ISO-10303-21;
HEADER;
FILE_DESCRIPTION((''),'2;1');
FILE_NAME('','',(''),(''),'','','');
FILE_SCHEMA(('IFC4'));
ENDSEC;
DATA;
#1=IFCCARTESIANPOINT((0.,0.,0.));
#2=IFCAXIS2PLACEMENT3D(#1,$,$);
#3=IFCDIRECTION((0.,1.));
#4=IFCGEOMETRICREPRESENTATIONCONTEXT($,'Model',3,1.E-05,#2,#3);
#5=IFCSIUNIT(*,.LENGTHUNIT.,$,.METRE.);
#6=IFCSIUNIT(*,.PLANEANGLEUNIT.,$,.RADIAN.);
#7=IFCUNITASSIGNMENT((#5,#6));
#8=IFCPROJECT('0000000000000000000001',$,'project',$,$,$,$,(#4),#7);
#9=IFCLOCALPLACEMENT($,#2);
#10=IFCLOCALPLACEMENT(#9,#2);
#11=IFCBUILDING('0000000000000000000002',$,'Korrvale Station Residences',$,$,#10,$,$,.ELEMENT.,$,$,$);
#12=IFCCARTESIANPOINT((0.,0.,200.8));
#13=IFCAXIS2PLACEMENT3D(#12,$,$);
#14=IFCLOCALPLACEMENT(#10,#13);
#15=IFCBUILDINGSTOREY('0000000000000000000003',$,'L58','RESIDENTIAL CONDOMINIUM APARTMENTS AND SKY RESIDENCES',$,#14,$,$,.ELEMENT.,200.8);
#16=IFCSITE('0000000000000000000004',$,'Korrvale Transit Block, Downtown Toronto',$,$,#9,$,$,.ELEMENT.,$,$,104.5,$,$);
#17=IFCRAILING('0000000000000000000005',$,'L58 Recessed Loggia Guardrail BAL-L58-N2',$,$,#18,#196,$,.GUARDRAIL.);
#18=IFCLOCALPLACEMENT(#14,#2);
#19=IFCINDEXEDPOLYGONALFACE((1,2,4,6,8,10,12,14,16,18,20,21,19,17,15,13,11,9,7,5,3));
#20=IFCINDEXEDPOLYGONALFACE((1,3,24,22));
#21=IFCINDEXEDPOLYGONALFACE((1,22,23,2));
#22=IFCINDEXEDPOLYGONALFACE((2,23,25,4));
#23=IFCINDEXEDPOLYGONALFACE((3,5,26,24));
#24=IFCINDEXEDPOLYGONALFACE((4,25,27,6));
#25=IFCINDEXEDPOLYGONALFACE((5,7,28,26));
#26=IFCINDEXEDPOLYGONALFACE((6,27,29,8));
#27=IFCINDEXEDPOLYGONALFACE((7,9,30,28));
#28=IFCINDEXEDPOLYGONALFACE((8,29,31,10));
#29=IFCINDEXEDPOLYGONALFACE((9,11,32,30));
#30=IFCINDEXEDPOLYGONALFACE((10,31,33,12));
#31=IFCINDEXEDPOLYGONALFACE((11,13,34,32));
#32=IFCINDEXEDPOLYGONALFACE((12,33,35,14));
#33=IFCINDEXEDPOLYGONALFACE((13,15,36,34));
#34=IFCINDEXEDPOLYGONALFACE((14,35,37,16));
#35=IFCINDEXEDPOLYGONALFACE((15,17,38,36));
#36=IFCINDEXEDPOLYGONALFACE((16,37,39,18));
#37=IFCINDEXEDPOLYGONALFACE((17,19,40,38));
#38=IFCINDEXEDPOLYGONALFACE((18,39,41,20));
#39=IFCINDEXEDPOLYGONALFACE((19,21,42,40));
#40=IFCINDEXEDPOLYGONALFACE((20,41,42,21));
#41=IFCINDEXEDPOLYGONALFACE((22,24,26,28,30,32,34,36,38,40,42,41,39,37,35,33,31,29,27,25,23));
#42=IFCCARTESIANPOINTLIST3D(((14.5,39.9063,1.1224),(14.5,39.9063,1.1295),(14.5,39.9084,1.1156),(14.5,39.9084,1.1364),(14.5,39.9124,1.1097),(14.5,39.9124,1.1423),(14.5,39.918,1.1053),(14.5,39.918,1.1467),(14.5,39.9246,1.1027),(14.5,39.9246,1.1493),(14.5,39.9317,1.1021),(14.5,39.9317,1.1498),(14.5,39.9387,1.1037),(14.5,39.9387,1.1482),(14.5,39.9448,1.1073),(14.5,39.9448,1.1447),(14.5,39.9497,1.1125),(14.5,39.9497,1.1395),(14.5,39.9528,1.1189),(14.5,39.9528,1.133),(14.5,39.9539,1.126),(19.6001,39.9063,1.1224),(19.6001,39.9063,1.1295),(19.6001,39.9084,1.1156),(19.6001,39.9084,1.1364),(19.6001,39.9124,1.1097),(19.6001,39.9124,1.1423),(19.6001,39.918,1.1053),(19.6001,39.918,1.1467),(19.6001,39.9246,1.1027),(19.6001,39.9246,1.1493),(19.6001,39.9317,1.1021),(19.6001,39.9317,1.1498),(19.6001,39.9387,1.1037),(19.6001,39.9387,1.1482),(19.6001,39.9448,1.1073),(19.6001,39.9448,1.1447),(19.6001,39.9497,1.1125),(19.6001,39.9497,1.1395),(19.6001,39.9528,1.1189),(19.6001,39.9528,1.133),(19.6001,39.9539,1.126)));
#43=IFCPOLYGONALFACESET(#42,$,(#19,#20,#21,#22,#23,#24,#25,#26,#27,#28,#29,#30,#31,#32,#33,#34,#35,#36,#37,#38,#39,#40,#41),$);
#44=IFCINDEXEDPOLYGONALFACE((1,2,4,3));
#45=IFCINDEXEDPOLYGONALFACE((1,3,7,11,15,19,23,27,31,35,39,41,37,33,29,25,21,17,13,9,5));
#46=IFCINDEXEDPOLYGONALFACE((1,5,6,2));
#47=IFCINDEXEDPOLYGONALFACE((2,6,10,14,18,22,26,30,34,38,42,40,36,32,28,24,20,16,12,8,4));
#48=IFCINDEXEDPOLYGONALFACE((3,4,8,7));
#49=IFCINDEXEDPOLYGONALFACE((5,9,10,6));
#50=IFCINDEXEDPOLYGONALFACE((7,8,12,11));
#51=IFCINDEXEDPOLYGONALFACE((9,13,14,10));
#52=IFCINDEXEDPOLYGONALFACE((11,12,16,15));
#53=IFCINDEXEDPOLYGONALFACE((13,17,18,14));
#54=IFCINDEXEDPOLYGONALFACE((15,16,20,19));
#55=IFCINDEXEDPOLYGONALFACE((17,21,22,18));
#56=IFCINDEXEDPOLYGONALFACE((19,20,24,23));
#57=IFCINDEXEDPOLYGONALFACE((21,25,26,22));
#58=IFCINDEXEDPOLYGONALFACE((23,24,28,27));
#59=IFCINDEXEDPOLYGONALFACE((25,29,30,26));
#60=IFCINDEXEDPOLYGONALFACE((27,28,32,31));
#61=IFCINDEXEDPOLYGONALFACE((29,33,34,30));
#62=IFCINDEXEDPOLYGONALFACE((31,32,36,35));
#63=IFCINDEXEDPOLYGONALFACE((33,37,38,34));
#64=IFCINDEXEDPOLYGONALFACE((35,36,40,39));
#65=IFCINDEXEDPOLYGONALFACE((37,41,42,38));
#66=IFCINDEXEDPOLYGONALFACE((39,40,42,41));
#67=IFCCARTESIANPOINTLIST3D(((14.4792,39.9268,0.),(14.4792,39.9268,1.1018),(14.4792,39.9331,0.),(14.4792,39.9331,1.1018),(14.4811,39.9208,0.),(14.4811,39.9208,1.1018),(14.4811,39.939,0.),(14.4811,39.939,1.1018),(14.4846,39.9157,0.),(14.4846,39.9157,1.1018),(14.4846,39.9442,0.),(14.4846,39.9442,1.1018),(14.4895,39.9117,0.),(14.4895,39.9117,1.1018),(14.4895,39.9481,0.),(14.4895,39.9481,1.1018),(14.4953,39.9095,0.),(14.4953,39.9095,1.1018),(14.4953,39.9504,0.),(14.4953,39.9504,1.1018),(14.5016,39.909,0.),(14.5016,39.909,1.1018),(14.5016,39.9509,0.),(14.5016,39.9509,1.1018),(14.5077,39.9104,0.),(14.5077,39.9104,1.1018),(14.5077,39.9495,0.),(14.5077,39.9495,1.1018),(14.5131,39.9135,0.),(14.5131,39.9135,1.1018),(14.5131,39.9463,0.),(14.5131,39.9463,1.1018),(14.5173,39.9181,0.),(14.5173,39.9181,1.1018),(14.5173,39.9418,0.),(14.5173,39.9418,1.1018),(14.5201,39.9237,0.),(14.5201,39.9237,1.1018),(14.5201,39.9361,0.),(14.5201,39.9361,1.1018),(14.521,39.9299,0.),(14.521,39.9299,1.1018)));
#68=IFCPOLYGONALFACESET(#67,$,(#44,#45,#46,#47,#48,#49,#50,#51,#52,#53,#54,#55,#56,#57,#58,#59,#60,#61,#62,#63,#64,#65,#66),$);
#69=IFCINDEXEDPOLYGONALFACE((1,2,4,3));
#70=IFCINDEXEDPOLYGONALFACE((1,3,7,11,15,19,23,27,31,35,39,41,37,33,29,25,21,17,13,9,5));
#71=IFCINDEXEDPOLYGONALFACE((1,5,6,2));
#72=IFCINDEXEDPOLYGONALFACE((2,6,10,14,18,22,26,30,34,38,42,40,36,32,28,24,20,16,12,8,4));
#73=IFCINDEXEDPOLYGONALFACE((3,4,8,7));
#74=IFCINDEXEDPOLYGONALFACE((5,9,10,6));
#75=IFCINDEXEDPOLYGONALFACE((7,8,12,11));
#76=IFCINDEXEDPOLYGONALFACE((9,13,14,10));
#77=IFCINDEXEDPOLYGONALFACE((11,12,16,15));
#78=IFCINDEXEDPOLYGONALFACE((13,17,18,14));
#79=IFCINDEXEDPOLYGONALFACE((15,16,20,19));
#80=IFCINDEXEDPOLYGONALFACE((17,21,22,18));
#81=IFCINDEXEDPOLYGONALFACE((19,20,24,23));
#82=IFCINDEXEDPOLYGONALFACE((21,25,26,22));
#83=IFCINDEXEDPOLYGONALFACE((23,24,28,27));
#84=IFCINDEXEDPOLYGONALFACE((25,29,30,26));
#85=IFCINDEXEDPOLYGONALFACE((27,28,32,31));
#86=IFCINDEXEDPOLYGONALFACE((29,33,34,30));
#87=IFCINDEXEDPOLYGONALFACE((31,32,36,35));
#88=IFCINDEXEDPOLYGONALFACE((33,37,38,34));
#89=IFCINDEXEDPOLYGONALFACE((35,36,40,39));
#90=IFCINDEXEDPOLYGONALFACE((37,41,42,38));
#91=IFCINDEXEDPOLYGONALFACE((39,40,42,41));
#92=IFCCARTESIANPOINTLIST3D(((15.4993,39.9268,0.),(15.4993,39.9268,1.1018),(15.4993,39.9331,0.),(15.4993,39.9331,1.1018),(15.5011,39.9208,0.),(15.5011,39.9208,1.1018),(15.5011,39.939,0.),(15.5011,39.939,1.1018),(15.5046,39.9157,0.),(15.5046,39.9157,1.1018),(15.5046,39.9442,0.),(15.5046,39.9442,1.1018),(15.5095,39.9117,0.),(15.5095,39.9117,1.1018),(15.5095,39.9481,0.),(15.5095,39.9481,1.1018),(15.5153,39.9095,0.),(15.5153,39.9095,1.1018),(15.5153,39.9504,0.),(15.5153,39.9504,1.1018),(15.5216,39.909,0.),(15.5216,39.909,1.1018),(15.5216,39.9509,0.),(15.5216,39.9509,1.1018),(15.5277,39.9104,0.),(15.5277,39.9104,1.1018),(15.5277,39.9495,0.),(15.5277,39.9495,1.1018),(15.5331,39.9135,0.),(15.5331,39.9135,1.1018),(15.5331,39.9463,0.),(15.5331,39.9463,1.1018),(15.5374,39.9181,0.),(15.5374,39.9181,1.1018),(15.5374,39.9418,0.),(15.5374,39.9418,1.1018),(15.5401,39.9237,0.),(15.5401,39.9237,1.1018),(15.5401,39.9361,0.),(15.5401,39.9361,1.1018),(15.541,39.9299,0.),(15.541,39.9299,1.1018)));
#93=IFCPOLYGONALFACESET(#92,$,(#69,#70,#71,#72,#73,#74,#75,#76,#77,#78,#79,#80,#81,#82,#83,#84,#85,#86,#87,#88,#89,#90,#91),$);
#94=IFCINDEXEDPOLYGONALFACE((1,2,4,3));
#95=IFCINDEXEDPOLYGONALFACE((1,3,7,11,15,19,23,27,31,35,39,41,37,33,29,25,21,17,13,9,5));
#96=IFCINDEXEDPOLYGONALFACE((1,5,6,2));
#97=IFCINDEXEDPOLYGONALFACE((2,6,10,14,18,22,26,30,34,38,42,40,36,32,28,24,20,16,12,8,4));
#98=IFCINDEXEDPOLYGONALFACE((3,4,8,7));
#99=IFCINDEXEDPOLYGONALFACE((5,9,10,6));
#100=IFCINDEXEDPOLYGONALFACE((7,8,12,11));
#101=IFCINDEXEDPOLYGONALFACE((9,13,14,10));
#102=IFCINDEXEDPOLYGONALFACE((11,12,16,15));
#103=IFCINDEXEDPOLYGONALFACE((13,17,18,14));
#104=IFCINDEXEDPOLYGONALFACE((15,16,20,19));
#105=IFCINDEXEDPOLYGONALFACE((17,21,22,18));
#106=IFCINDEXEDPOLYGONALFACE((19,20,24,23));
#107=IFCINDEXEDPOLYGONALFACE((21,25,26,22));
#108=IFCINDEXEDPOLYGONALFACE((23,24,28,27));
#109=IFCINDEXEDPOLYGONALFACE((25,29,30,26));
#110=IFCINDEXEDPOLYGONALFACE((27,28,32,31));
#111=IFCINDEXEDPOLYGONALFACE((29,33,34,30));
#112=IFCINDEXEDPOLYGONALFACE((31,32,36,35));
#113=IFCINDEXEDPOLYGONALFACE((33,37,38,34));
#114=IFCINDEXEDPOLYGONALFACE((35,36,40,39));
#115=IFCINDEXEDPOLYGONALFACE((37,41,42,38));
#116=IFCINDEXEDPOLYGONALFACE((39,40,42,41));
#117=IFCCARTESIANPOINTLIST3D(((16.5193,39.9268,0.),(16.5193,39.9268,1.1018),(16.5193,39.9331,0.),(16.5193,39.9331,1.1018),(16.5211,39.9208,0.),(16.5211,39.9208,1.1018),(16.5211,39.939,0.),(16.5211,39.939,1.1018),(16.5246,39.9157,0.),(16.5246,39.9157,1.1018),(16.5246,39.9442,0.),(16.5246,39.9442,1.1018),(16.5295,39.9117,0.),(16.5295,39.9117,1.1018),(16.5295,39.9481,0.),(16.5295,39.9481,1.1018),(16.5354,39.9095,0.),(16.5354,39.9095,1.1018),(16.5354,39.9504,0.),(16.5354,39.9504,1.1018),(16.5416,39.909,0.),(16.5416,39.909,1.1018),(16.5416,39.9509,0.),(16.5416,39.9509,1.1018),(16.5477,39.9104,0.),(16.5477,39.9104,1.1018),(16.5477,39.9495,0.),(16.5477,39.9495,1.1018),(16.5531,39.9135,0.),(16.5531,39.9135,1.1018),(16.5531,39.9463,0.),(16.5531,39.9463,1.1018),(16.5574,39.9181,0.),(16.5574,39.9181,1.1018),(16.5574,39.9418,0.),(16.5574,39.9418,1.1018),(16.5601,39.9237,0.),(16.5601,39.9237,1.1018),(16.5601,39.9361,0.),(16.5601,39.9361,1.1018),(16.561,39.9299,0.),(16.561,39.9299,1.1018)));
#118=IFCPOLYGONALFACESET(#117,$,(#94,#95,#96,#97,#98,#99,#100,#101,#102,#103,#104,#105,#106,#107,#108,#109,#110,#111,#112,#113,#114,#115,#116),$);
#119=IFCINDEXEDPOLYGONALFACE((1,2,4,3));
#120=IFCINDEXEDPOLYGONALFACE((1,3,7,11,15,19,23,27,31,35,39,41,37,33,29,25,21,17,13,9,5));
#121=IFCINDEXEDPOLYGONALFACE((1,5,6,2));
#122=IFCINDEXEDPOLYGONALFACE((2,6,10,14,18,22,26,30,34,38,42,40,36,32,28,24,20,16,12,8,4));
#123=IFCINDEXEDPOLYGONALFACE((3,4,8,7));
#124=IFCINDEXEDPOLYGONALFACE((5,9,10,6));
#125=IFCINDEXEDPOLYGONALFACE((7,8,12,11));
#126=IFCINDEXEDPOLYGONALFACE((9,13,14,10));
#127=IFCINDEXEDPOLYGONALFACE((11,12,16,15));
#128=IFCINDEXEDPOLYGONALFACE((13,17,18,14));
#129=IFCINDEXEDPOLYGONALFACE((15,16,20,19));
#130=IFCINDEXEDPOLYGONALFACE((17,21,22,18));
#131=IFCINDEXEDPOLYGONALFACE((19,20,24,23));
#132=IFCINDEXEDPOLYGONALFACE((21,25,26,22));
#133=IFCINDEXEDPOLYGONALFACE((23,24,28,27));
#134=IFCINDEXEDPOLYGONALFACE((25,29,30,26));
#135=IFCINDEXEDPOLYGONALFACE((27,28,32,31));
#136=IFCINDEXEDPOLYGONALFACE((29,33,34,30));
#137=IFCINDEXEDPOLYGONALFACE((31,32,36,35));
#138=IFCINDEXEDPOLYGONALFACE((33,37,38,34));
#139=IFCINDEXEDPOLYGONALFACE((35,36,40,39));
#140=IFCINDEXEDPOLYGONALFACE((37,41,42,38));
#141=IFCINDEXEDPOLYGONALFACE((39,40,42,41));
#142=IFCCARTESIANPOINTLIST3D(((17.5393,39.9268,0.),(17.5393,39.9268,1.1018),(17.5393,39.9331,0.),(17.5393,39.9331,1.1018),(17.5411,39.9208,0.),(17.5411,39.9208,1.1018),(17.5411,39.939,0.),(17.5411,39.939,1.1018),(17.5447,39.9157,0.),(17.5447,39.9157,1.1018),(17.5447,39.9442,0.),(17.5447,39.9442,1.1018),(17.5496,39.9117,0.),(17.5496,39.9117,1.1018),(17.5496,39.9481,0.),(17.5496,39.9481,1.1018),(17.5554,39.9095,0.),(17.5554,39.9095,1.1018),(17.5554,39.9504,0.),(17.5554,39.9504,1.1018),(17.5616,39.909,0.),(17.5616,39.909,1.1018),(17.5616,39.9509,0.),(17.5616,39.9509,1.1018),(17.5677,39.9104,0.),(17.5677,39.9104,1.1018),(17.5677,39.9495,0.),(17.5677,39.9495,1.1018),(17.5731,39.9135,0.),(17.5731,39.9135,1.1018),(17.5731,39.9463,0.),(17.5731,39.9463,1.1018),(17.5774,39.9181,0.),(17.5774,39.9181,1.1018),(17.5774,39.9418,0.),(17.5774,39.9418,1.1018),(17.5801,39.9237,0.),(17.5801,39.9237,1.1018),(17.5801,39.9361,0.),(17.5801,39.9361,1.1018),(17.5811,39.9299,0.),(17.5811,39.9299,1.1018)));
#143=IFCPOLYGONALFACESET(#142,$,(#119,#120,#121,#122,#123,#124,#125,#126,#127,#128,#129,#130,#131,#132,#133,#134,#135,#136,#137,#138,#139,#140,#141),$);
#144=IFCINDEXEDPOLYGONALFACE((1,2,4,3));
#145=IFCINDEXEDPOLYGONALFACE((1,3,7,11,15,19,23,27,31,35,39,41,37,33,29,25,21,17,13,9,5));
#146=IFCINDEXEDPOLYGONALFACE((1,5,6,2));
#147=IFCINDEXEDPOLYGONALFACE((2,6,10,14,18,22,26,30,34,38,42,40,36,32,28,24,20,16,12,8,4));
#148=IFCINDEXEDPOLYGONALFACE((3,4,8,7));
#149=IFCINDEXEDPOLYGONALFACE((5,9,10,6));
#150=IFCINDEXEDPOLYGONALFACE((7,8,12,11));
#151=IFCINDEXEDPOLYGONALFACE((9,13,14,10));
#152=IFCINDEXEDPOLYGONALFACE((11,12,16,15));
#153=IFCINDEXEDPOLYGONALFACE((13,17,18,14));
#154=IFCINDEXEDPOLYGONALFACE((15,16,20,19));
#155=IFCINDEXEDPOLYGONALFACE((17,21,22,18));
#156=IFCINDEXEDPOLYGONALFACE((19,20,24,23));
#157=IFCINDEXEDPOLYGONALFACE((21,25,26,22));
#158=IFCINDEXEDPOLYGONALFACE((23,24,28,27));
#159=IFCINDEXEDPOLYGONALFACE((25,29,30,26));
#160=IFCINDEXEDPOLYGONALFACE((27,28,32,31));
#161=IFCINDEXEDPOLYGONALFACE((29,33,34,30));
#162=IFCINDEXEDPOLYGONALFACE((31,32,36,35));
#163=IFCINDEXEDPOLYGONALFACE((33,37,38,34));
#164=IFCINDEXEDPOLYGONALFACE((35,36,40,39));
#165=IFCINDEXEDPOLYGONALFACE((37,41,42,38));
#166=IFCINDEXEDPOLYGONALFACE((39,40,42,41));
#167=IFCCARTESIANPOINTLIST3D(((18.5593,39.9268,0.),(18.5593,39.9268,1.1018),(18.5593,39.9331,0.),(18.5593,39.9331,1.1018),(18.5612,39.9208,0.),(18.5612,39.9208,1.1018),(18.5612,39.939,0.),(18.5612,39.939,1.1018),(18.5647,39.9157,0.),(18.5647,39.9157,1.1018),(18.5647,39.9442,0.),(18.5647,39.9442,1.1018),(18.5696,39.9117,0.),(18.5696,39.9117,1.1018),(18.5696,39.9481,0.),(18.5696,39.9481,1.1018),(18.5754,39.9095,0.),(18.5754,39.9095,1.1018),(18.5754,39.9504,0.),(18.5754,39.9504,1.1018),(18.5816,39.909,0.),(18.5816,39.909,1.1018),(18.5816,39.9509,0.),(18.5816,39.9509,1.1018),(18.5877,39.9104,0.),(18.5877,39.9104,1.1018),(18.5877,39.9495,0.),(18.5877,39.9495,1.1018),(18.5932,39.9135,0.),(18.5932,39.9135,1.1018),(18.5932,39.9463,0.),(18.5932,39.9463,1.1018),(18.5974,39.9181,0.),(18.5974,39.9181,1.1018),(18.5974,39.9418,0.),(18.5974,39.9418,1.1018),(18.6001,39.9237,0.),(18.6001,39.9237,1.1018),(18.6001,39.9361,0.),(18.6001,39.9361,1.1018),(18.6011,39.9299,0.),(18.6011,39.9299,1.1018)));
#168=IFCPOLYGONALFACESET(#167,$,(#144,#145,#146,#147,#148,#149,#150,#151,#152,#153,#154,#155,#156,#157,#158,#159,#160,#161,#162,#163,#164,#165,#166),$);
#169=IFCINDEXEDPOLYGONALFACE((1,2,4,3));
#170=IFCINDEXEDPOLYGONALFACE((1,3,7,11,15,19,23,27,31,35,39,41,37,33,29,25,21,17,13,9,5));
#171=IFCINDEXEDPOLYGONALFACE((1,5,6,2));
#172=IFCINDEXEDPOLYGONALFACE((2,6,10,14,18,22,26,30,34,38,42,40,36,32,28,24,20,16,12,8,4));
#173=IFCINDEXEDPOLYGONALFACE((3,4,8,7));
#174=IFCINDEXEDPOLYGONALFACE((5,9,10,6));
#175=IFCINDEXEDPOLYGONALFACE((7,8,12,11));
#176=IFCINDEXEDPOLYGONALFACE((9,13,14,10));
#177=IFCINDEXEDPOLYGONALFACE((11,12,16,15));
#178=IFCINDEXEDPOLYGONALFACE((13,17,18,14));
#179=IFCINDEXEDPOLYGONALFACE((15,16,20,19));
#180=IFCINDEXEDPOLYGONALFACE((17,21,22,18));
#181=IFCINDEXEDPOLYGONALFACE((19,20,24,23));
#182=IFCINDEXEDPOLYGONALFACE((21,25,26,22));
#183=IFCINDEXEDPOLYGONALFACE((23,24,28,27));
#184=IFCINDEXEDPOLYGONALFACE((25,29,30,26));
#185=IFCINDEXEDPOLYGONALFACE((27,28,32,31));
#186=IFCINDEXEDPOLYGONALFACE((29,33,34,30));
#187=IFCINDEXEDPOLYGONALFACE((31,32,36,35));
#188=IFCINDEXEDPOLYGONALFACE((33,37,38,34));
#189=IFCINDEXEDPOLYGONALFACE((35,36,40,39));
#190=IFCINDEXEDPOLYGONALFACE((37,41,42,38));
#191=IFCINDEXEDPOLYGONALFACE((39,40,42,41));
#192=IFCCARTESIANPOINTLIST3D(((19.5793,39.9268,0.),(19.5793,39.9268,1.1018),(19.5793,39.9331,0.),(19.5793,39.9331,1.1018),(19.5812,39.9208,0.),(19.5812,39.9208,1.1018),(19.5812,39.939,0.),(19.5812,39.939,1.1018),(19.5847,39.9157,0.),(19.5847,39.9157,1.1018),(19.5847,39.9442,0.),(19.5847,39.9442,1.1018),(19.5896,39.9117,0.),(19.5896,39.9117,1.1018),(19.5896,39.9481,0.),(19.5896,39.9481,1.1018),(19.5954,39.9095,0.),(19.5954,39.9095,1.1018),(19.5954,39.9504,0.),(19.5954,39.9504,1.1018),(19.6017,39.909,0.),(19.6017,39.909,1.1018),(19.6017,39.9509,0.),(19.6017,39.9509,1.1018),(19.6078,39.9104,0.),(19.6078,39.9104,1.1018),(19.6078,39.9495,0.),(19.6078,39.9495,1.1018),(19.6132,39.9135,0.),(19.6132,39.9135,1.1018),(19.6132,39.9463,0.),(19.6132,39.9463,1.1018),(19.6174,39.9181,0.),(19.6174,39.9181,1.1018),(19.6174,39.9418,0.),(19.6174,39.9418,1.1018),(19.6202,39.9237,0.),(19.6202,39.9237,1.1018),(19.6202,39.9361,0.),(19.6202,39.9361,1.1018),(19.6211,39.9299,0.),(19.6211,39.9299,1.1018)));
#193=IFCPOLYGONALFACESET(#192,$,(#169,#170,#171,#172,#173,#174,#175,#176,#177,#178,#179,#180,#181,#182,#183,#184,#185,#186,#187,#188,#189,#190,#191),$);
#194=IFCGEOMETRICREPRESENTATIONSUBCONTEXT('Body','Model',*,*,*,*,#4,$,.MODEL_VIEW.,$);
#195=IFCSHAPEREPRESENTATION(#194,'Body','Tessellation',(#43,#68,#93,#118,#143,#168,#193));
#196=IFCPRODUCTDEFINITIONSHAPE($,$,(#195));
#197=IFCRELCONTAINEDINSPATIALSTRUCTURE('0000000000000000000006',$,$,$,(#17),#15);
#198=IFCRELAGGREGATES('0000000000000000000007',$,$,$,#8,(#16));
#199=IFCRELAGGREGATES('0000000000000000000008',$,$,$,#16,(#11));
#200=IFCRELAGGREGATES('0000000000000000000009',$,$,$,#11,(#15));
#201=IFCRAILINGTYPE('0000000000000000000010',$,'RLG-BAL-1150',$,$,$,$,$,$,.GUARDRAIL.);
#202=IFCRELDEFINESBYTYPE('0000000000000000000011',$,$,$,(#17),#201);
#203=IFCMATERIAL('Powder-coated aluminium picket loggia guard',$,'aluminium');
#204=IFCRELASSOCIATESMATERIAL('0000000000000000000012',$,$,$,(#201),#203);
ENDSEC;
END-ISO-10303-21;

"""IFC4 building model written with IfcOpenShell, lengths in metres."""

from ifc_helpers import new_model, si_unit, direction, frame, origin, origin_2d, place, context, subcontext, project, spatial, circle, extrude, material, type_object, element, save


model = new_model("IFC4")

# Units and contexts
model_context = context("Model", 3, precision=1e-05, world=origin(), true_north=direction((0.0, 1.0)))
body_context = subcontext(model_context, "Body", "Model", "MODEL_VIEW")
ifc_project = project(units=[si_unit("LENGTHUNIT", "METRE"), si_unit("PLANEANGLEUNIT", "RADIAN")], contexts=[model_context])

# Site, building, storey
site_placement = place(None, origin())
site = spatial("IfcSite", under=ifc_project, at=site_placement, Name="Korrvale Transit Block, Downtown Toronto", CompositionType="ELEMENT", RefElevation=104.5)
building_placement = place(site_placement, origin())
building = spatial("IfcBuilding", under=site, at=building_placement, Name="Korrvale Station Residences", CompositionType="ELEMENT")
storey_placement = place(building_placement, frame((0.0, 0.0, 200.8)))
storey = spatial("IfcBuildingStorey", under=building, at=storey_placement, Name="L58", Description="RESIDENTIAL CONDOMINIUM APARTMENTS AND SKY RESIDENCES", CompositionType="ELEMENT", Elevation=200.8)

# Railing
ifc_material_1 = material(Name="Powder-coated aluminium picket loggia guard", Category="aluminium")
railing_type = type_object("IfcRailingType", Name="RLG-BAL-1150", PredefinedType="GUARDRAIL", material=ifc_material_1)
railing_placement = place(storey_placement, frame((14.5, 39.9299, 0.0)))
element("IfcRailing", 1, at=railing_placement, inside=storey, type_object=railing_type, Name="L58 Recessed Loggia Guardrail BAL-L58-N2", PredefinedType="GUARDRAIL", context=body_context, shape_type="SweptSolid", body=[
    extrude(circle(Radius=0.0239, at=origin_2d()), frame((0.0, 0.0, 1.126), z_axis=(1.0, 0.0, 0.0), x_axis=(0.0, 1.0, 0.0)), (0.0, 0.0, 1.0), 5.1001),
    extrude(circle(Radius=0.021, at=origin_2d()), origin(), (0.0, 0.0, 1.0), 1.1018),
    extrude(circle(Radius=0.021, at=origin_2d()), frame((1.02, 0.0, 0.0)), (0.0, 0.0, 1.0), 1.1018),
    extrude(circle(Radius=0.021, at=origin_2d()), frame((2.04, 0.0, 0.0)), (0.0, 0.0, 1.0), 1.1018),
    extrude(circle(Radius=0.021, at=origin_2d()), frame((3.0601, 0.0, 0.0)), (0.0, 0.0, 1.0), 1.1018),
    extrude(circle(Radius=0.021, at=origin_2d()), frame((4.0801, 0.0, 0.0)), (0.0, 0.0, 1.0), 1.1018),
    extrude(circle(Radius=0.021, at=origin_2d()), frame((5.1001, 0.0, 0.0)), (0.0, 0.0, 1.0), 1.1018),
])

save(model, "model.ifc")
